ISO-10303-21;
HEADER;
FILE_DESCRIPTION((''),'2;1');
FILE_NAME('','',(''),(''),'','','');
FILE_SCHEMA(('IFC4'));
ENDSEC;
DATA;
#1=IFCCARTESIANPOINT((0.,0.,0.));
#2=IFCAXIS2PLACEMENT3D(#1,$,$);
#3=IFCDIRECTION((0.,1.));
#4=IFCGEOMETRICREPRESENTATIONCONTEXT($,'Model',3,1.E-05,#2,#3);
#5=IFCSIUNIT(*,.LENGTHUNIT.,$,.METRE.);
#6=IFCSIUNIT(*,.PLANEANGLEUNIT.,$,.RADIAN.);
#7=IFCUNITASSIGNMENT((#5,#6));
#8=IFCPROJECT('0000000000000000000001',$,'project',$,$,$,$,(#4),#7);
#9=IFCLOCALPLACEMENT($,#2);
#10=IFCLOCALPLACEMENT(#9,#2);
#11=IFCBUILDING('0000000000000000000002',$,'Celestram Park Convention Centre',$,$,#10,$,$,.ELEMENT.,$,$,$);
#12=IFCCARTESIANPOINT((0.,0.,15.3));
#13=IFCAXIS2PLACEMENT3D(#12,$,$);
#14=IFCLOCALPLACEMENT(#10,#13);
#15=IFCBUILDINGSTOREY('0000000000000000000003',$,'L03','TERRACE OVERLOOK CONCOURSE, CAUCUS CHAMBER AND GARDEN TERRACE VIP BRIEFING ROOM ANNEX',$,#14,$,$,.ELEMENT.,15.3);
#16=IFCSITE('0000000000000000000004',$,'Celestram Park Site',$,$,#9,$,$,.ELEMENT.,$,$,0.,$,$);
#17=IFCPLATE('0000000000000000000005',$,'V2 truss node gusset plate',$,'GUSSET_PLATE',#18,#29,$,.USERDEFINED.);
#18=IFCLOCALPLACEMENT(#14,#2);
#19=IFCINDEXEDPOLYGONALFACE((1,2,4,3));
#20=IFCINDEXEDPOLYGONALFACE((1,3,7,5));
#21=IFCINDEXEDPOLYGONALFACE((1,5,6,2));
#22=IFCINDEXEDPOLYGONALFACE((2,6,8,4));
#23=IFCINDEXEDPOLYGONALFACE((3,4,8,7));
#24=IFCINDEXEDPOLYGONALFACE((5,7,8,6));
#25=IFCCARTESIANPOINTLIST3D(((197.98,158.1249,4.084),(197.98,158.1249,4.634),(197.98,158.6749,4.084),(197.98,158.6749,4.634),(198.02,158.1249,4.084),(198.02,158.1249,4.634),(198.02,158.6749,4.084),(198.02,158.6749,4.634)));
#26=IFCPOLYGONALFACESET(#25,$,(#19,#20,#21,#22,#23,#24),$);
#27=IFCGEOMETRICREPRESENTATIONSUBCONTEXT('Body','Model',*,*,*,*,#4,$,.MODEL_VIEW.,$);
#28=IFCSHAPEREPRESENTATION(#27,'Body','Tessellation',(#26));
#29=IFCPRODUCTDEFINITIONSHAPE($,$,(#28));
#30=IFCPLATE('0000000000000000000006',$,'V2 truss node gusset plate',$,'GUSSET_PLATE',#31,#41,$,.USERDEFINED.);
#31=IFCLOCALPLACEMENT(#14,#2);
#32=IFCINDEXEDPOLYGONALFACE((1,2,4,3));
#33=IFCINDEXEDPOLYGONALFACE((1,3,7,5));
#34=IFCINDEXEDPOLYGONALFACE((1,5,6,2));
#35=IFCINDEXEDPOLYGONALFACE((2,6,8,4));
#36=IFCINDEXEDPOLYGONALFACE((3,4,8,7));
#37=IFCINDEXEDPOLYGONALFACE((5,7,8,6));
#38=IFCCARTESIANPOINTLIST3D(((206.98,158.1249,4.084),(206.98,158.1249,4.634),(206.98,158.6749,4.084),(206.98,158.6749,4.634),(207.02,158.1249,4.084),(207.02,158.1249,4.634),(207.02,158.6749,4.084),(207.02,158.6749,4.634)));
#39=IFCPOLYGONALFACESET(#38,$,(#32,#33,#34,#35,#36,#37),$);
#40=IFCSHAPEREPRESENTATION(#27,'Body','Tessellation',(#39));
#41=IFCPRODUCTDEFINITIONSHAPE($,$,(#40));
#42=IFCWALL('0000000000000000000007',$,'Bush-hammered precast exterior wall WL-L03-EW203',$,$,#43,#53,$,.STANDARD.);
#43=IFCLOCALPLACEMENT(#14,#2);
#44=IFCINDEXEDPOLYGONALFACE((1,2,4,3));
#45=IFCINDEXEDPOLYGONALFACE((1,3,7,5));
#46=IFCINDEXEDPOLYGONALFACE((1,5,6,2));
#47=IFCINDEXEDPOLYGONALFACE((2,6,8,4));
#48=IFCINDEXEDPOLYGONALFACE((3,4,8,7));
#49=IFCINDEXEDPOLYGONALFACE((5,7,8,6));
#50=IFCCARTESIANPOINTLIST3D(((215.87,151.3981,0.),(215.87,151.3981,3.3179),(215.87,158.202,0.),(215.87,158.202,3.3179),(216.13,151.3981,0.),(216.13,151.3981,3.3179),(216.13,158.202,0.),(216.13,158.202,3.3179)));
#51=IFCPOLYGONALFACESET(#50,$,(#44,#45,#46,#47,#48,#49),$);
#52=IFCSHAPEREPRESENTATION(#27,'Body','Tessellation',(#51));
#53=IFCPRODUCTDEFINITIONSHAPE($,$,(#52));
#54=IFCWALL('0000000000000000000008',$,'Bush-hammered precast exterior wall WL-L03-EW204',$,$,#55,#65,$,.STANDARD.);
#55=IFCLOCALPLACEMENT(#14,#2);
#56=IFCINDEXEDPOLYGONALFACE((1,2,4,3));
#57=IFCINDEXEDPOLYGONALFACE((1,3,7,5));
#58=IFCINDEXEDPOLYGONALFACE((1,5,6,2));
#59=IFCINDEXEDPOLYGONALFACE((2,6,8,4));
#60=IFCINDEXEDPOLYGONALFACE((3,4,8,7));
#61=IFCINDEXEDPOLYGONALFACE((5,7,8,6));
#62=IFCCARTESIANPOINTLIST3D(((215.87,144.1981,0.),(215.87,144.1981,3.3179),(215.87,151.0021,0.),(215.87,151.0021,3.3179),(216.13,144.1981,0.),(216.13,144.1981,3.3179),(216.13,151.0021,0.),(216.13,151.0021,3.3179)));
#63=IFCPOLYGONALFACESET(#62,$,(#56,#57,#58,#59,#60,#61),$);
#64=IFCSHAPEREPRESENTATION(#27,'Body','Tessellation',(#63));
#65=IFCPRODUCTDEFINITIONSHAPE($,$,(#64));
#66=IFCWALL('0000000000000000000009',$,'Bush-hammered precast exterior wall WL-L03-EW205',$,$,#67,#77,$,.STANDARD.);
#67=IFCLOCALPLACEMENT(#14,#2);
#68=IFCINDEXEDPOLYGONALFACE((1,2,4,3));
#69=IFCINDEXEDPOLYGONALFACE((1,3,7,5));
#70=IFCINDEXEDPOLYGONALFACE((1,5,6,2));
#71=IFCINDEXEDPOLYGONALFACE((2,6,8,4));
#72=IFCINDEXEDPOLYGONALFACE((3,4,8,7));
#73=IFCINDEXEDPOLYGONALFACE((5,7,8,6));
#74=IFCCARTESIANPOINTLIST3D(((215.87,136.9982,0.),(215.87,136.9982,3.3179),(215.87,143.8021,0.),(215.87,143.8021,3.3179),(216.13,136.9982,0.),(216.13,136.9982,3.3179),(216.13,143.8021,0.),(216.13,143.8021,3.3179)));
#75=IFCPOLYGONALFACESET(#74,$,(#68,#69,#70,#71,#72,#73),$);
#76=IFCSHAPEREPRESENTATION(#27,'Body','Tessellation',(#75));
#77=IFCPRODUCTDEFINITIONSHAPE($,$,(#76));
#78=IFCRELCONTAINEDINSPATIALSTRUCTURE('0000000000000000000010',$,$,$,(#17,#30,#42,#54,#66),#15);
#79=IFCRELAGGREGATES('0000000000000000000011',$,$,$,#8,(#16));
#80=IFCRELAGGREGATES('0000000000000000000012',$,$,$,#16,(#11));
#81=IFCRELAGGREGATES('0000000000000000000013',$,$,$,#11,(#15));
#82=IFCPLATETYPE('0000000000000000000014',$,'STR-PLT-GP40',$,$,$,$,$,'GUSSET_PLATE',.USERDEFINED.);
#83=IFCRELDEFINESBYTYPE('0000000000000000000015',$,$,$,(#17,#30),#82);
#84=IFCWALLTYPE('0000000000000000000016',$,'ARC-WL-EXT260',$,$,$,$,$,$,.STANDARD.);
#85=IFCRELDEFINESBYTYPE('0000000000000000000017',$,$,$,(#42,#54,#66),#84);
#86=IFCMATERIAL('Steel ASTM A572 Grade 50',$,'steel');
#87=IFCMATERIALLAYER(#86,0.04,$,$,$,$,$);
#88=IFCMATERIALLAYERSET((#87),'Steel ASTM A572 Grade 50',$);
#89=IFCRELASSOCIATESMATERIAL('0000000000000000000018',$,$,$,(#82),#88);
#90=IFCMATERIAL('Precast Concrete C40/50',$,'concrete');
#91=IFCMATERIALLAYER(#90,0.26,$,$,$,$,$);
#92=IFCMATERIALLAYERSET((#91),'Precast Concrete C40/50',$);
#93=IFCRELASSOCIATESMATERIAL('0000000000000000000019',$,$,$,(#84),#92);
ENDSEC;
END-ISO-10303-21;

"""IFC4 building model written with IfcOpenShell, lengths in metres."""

from ifc_helpers import new_model, si_unit, direction, frame, frame_2d, origin, origin_2d, place, context, subcontext, project, spatial, rectangle, extrude, material, layer, layer_set, type_object, element, save


model = new_model("IFC4")

# Units and contexts
model_context = context("Model", 3, precision=1e-05, world=origin(), true_north=direction((0.0, 1.0)))
body_context = subcontext(model_context, "Body", "Model", "MODEL_VIEW")
ifc_project = project(units=[si_unit("LENGTHUNIT", "METRE"), si_unit("PLANEANGLEUNIT", "RADIAN")], contexts=[model_context])

# Site, building, storey
site_placement = place(None, origin())
site = spatial("IfcSite", under=ifc_project, at=site_placement, Name="Celestram Park Site", CompositionType="ELEMENT", RefElevation=0.0)
building_placement = place(site_placement, origin())
building = spatial("IfcBuilding", under=site, at=building_placement, Name="Celestram Park Convention Centre", CompositionType="ELEMENT")
storey_placement = place(building_placement, frame((0.0, 0.0, 15.3)))
storey = spatial("IfcBuildingStorey", under=building, at=storey_placement, Name="L03", Description="TERRACE OVERLOOK CONCOURSE, CAUCUS CHAMBER AND GARDEN TERRACE VIP BRIEFING ROOM ANNEX", CompositionType="ELEMENT", Elevation=15.3)

# Plates
ifc_material_1 = material(Name="Steel ASTM A572 Grade 50", Category="steel")
ifc_layer_1 = layer(ifc_material_1, 0.04)
ifc_layer_set_1 = layer_set([ifc_layer_1], Name="Steel ASTM A572 Grade 50")
plate_type_1 = type_object("IfcPlateType", Name="STR-PLT-GP40", ElementType="GUSSET_PLATE", PredefinedType="USERDEFINED", material=ifc_layer_set_1)
for number, where, z_axis, x_axis, name in (
    (1, (198.0, 158.3999, 4.084), (0.0, 0.0, 1.0), (0.0, 1.0, 0.0), "V2 truss node gusset plate"),
    (2, (207.0, 158.3999, 4.084), (0.0, 0.0, 1.0), (0.0, 1.0, 0.0), "V2 truss node gusset plate"),
):
    element("IfcPlate", number, at=place(storey_placement, frame(where, z_axis=z_axis, x_axis=x_axis)), inside=storey, type_object=plate_type_1, Name=name, ObjectType="GUSSET_PLATE", PredefinedType="USERDEFINED", context=body_context, shape_type="SweptSolid", body=[
        extrude(rectangle(XDim=0.55, YDim=0.04, at=origin_2d()), origin(), (0.0, 0.0, 1.0), 0.55),
    ])

# Walls
ifc_material_2 = material(Name="Precast Concrete C40/50", Category="concrete")
ifc_layer_2 = layer(ifc_material_2, 0.26)
ifc_layer_set_2 = layer_set([ifc_layer_2], Name="Precast Concrete C40/50")
wall_type = type_object("IfcWallType", Name="ARC-WL-EXT260", PredefinedType="STANDARD", material=ifc_layer_set_2)
for number, where, z_axis, x_axis, name in (
    (3, (216.0, 158.2019, 0.0), (0.0, 0.0, 1.0), (0.0, -1.0, 0.0), "Bush-hammered precast exterior wall WL-L03-EW203"),
    (4, (216.0, 151.002, 0.0), (0.0, 0.0, 1.0), (0.0, -1.0, 0.0), "Bush-hammered precast exterior wall WL-L03-EW204"),
    (5, (216.0, 143.802, 0.0), (0.0, 0.0, 1.0), (0.0, -1.0, 0.0), "Bush-hammered precast exterior wall WL-L03-EW205"),
):
    element("IfcWall", number, at=place(storey_placement, frame(where, z_axis=z_axis, x_axis=x_axis)), inside=storey, type_object=wall_type, Name=name, PredefinedType="STANDARD", context=body_context, shape_type="SweptSolid", body=[
        extrude(rectangle(XDim=6.804, YDim=0.26, at=frame_2d((3.4019, 0.0))), origin(), (0.0, 0.0, 1.0), 3.3179),
    ])

save(model, "model.ifc")
